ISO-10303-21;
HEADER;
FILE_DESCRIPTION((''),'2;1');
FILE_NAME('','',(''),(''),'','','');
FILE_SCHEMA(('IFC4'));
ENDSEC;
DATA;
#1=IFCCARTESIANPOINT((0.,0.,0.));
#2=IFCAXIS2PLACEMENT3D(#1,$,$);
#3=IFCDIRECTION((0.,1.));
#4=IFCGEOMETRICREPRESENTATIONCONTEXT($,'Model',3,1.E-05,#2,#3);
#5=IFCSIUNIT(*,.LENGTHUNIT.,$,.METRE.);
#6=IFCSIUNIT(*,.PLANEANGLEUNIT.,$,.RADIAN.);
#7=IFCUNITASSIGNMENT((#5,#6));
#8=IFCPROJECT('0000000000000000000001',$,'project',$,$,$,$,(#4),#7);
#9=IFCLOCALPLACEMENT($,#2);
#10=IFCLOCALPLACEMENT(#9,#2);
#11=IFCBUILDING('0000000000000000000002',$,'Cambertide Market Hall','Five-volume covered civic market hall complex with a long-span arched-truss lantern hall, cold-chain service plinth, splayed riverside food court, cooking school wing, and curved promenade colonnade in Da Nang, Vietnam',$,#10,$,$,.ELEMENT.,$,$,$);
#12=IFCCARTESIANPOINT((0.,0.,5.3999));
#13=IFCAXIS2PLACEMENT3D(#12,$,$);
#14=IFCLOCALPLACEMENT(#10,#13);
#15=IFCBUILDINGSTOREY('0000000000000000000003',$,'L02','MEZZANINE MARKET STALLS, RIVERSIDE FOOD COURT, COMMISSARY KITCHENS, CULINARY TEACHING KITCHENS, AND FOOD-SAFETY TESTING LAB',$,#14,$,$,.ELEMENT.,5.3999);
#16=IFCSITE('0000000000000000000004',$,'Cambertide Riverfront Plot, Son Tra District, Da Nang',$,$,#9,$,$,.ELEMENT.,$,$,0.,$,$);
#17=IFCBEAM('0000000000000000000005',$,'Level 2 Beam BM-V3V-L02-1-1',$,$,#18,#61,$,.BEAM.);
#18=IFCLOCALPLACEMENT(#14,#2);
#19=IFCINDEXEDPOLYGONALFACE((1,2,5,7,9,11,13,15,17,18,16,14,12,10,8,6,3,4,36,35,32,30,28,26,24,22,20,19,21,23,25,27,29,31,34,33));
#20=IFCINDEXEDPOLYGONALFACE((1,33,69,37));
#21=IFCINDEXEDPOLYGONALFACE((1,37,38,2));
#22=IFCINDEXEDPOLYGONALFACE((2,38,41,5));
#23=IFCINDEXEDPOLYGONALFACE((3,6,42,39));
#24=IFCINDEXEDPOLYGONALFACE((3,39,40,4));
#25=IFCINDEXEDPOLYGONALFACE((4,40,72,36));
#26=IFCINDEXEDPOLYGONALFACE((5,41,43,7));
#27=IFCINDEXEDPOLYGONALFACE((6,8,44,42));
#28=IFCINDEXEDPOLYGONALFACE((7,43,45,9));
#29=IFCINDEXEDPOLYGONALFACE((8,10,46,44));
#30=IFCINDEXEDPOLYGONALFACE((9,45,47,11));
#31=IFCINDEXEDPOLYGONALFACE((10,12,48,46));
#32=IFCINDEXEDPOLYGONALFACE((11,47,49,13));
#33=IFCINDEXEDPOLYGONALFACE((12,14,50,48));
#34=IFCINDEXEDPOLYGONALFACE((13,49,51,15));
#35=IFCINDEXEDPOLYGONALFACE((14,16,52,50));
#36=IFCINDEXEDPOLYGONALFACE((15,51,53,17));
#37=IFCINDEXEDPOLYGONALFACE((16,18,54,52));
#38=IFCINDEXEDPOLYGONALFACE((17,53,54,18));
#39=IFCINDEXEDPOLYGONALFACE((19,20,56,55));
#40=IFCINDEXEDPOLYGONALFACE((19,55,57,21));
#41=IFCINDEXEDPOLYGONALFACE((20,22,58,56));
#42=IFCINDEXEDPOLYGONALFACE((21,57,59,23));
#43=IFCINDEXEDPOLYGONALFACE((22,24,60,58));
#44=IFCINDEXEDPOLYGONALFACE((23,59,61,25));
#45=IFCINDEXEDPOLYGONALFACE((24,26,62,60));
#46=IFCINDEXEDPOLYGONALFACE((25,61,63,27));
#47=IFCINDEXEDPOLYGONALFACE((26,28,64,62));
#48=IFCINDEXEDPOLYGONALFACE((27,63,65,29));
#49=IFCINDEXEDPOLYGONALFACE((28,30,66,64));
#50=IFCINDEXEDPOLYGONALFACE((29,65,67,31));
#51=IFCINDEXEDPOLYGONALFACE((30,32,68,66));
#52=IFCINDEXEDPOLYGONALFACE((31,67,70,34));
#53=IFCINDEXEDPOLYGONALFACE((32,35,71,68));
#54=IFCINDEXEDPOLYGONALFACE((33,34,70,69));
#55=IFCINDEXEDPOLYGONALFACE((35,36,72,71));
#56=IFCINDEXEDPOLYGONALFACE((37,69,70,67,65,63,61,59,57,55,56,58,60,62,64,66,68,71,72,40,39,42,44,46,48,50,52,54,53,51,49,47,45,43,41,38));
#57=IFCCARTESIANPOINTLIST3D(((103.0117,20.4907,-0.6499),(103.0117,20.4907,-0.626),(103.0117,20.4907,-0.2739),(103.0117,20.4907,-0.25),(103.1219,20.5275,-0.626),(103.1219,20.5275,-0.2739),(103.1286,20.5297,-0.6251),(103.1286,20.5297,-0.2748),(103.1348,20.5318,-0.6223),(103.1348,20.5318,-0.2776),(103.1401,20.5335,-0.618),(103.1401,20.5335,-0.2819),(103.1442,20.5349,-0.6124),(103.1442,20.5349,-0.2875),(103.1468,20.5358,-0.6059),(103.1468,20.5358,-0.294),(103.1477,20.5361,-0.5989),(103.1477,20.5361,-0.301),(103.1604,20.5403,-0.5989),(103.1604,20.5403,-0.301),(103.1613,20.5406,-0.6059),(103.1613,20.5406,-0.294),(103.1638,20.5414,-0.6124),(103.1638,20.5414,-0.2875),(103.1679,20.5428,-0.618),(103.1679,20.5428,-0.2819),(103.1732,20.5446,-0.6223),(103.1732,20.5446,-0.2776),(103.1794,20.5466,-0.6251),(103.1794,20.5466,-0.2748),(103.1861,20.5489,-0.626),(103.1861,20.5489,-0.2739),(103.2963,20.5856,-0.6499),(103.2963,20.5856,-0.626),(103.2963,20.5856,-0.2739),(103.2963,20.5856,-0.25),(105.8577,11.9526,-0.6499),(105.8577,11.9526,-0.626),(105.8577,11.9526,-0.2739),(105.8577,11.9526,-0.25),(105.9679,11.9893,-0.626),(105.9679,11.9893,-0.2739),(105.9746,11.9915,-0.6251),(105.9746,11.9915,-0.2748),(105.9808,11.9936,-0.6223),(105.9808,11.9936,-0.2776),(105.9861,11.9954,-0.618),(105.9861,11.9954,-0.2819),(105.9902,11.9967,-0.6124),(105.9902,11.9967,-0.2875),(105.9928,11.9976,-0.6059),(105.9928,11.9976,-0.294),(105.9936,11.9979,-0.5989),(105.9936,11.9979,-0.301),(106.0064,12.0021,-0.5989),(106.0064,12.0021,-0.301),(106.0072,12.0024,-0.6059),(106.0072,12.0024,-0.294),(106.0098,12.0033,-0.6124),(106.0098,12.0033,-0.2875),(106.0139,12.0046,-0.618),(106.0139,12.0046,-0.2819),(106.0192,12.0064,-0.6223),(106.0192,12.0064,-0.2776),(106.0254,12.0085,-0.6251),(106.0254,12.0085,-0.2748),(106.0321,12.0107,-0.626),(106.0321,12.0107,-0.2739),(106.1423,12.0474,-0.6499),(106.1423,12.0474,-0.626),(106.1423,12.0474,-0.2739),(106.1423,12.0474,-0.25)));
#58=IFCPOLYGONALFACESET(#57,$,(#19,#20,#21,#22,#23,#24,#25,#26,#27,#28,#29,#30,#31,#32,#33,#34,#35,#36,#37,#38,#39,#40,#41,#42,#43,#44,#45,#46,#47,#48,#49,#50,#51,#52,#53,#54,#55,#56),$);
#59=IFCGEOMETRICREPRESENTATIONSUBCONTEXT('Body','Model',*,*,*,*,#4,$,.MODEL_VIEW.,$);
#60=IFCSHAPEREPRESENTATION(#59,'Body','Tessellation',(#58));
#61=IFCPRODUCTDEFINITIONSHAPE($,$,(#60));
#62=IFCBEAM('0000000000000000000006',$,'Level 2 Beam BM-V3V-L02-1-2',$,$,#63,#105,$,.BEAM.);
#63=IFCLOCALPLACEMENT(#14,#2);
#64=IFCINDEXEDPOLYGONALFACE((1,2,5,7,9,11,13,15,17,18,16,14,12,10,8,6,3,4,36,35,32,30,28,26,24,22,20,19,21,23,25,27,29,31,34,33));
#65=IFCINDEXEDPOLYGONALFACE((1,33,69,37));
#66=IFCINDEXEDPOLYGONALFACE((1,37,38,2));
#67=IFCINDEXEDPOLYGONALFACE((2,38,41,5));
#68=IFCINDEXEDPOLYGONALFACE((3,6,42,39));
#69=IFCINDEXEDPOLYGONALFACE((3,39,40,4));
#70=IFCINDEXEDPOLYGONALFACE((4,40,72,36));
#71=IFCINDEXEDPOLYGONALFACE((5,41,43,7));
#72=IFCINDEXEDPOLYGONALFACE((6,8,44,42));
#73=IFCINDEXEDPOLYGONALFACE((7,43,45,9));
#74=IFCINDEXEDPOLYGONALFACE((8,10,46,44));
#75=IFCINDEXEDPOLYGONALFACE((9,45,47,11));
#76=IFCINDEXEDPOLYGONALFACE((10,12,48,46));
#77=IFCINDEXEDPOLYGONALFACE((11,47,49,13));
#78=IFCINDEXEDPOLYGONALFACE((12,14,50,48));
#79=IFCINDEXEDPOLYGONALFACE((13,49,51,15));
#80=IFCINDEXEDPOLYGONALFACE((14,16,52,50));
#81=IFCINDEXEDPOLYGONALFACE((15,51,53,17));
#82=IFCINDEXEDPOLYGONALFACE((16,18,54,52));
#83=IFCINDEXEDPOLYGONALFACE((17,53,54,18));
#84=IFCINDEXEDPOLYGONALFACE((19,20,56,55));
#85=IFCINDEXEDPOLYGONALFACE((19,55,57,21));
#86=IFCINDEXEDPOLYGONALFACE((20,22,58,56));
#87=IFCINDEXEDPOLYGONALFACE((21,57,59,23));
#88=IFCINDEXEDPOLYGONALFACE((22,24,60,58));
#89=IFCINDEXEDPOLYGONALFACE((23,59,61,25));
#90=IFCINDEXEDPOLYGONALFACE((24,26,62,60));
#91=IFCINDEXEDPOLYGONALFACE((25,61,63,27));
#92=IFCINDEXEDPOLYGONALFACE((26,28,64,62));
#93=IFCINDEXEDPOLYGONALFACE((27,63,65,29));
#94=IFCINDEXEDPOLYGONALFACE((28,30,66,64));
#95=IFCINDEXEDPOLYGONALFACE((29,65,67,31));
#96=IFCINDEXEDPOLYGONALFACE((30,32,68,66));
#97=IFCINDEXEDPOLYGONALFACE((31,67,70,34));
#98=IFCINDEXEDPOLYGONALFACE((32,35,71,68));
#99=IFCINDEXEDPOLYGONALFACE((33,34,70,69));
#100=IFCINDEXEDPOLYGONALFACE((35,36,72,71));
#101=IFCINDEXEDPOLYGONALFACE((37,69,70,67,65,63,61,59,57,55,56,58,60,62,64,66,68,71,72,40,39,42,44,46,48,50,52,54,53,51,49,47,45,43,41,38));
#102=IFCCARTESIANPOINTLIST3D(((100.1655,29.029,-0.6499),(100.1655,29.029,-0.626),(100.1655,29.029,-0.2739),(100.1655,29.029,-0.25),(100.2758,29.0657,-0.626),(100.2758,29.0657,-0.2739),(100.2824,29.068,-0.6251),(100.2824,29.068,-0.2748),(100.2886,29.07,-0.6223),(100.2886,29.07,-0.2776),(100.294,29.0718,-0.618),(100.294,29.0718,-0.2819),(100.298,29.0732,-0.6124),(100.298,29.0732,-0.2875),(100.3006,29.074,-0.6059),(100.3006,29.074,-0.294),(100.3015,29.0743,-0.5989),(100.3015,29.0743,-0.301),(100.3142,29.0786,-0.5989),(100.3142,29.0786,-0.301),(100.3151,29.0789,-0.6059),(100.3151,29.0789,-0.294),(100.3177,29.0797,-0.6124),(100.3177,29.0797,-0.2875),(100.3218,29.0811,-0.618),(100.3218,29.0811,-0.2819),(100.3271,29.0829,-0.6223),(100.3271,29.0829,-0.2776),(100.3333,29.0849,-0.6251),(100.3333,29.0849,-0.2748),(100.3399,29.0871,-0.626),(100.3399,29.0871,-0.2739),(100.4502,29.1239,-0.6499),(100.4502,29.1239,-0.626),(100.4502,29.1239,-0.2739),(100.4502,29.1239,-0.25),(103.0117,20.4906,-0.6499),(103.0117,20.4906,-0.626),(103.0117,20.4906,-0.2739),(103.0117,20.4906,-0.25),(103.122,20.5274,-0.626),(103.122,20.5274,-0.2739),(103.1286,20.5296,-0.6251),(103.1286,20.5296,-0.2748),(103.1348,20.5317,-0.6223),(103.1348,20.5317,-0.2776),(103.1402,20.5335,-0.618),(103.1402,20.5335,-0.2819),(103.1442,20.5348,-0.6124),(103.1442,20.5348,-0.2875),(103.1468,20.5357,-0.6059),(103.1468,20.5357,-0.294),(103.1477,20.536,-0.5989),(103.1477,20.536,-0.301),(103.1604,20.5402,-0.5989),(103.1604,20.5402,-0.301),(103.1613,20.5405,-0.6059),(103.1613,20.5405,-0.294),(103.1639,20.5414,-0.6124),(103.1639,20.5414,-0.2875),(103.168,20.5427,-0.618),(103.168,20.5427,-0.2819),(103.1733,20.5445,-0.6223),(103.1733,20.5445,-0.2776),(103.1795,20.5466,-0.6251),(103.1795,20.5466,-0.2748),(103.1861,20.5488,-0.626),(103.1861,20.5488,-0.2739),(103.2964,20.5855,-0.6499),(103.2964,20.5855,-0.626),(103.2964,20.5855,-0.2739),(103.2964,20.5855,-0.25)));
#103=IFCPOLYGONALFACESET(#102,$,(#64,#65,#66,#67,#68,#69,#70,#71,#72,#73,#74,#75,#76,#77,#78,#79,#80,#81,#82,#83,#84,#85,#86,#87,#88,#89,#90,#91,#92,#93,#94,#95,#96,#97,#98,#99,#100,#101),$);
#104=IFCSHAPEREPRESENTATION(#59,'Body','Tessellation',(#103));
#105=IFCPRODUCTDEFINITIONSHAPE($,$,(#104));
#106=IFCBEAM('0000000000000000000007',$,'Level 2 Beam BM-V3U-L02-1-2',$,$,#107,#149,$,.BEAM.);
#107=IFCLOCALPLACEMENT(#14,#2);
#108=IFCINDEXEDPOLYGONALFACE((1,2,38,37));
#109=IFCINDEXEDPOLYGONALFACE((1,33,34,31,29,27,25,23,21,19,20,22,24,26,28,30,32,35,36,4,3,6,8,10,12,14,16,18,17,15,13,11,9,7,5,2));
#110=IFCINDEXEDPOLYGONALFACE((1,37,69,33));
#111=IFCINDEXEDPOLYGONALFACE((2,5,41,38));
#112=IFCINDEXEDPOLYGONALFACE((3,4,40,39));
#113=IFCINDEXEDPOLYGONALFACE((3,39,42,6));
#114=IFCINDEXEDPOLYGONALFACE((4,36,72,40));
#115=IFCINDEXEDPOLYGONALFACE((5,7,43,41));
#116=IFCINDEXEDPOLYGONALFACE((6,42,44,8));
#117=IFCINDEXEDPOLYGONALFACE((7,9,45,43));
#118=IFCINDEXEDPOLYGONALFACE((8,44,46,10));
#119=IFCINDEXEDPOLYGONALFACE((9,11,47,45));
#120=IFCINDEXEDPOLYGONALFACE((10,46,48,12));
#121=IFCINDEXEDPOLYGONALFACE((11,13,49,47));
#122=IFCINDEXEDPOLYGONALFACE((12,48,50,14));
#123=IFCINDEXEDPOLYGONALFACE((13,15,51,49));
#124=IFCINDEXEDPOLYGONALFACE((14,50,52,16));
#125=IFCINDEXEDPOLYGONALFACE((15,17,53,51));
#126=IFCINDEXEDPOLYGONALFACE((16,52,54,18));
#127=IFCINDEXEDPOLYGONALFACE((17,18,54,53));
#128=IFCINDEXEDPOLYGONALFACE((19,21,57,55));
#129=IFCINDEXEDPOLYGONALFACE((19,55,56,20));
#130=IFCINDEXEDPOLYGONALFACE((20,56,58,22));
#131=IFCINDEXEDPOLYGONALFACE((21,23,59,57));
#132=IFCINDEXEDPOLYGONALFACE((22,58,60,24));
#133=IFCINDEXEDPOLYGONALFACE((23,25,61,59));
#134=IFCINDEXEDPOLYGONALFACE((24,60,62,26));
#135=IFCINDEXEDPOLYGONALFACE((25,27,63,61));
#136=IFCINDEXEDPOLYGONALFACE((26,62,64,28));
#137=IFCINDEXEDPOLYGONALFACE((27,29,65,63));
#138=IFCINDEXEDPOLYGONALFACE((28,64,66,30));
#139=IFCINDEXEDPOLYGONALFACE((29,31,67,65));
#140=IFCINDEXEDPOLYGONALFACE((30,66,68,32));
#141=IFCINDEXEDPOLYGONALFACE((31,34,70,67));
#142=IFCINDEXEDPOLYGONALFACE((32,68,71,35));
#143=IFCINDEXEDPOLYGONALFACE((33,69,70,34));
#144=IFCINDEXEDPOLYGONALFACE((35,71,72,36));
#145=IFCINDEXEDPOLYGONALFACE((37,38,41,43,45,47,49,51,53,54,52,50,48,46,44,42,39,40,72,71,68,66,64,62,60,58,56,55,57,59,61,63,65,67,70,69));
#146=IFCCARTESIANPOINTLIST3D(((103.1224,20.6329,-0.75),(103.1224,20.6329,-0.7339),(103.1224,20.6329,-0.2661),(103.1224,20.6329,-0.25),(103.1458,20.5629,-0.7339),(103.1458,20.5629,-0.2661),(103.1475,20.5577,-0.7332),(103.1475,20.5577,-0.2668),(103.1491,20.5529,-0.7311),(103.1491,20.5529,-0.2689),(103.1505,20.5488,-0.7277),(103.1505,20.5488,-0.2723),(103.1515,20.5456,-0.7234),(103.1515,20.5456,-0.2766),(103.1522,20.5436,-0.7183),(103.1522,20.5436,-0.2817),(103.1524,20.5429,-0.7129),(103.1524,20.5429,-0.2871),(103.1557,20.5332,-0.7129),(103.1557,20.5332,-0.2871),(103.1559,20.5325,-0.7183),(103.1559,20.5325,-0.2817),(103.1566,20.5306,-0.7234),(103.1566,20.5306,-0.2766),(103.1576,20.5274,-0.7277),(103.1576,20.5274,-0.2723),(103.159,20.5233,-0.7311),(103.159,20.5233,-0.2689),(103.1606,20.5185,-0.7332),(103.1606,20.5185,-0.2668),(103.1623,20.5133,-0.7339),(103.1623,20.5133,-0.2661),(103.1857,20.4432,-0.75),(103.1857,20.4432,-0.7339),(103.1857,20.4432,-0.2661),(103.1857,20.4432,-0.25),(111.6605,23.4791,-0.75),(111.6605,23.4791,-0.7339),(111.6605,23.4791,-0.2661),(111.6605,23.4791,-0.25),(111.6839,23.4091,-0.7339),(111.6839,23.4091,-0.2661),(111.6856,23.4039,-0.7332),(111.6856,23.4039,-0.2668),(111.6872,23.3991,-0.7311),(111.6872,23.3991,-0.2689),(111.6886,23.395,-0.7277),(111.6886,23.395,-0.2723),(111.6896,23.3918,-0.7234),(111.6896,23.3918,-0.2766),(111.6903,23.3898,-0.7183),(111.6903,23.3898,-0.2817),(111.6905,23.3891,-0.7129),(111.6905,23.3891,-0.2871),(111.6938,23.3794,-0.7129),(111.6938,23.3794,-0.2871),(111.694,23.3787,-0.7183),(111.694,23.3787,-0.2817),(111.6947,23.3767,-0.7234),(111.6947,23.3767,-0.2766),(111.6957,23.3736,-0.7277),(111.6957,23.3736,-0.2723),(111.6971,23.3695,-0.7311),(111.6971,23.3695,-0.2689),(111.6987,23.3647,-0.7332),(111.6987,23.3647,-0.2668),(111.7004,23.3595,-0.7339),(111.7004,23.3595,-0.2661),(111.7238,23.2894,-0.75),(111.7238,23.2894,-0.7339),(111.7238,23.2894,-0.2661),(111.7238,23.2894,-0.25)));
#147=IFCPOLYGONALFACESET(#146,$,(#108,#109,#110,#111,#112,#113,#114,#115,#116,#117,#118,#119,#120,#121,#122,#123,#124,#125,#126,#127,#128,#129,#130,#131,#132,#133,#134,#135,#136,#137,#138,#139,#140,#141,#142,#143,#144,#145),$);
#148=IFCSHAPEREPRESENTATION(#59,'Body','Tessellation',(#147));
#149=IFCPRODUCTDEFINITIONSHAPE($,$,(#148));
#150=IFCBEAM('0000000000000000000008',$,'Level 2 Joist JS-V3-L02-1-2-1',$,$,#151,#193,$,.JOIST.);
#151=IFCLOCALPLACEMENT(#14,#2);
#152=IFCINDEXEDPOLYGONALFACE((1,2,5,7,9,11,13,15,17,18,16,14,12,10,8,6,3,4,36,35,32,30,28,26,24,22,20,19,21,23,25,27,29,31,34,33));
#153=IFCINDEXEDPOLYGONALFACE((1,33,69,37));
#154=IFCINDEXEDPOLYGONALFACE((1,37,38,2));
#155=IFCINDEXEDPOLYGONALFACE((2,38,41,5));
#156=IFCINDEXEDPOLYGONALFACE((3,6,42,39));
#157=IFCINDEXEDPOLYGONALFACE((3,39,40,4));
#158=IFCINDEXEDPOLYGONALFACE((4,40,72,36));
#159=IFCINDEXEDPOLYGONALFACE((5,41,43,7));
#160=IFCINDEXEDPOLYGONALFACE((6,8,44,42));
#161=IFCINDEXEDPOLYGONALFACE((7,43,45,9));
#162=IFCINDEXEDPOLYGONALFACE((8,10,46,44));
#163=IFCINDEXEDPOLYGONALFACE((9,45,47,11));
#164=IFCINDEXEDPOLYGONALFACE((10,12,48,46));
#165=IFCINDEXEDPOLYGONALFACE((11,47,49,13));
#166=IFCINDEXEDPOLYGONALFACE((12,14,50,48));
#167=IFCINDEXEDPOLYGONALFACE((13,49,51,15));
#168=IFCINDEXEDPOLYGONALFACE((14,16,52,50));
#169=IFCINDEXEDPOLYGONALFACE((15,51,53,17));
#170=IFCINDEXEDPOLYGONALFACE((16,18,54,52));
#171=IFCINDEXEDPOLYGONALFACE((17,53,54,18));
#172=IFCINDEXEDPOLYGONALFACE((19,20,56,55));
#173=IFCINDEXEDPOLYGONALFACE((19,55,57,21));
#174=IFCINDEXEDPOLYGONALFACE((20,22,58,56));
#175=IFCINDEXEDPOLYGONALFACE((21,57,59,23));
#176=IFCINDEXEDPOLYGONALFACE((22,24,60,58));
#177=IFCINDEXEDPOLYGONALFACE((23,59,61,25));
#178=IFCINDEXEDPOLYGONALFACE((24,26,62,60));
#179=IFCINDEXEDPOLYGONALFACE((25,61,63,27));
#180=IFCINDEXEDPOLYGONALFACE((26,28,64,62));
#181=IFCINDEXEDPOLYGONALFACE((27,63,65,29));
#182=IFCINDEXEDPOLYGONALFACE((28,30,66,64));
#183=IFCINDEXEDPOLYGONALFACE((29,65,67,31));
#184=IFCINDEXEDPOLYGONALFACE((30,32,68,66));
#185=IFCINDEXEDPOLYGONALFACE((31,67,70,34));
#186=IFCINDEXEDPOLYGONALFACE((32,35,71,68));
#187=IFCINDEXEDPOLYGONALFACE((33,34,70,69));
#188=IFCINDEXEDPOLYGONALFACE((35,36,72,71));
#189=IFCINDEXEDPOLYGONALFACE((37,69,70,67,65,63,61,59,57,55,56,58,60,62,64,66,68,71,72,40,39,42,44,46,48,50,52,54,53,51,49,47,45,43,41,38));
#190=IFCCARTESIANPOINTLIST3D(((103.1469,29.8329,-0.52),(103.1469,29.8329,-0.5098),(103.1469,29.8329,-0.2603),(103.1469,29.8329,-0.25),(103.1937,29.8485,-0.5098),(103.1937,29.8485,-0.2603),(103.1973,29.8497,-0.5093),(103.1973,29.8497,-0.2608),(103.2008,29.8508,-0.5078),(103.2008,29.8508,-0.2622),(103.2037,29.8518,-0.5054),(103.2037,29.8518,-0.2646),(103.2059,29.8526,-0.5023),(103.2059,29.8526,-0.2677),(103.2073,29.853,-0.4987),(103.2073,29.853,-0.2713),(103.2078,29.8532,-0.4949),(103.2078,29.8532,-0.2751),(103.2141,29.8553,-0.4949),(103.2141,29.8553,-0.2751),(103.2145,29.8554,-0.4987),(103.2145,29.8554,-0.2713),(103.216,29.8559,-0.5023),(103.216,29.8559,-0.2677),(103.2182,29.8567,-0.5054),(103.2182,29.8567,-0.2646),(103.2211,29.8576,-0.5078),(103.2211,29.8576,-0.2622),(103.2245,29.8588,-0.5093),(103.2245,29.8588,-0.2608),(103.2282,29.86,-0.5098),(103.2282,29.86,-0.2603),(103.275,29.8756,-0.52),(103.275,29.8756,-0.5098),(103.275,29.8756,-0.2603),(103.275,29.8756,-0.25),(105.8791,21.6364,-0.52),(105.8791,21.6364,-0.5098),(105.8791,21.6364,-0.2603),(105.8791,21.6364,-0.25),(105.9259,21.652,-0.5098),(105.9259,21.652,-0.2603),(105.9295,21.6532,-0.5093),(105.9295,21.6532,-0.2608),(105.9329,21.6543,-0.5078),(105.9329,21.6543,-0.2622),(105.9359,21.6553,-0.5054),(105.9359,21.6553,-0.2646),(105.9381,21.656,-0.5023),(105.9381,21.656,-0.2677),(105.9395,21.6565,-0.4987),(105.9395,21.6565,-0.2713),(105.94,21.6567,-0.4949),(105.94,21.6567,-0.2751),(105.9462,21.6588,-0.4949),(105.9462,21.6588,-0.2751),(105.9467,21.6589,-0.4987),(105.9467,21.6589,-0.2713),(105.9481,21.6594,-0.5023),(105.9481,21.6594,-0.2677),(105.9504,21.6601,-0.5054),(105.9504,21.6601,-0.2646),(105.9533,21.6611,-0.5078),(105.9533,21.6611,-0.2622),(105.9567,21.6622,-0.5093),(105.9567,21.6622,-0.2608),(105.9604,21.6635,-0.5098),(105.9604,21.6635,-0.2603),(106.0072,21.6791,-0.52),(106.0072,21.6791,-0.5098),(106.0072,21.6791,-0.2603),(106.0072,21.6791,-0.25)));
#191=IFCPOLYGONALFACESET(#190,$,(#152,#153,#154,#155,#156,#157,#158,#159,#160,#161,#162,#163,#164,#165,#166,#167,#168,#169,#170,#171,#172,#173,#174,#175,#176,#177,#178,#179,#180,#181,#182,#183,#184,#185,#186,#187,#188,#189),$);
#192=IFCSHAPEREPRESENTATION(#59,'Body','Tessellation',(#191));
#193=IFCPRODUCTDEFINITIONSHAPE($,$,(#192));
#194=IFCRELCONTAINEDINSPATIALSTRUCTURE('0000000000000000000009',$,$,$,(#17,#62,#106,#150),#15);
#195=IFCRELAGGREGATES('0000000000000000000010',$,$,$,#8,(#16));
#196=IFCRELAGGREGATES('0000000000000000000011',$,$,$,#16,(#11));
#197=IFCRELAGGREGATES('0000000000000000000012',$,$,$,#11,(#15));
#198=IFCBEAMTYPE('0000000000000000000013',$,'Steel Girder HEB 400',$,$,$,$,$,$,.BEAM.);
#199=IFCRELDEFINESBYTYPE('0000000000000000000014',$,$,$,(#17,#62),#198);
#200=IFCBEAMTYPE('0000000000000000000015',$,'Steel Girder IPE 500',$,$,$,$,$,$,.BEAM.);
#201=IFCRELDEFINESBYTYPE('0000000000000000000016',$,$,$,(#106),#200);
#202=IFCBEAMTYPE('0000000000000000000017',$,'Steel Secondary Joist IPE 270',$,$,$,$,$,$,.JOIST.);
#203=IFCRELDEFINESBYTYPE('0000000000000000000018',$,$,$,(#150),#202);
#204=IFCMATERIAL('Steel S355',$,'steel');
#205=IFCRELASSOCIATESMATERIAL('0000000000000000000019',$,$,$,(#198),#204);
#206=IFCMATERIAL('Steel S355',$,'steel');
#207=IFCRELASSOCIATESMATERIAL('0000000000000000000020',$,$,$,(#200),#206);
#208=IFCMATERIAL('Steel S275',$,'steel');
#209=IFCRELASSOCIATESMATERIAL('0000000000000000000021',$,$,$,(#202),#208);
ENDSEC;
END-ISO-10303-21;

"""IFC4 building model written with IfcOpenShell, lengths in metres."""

from ifc_helpers import new_model, si_unit, direction, frame, origin, origin_2d, place, context, subcontext, project, spatial, i_section, extrude, material, material_profile, profile_set, type_object, element, save


model = new_model("IFC4")

# Units and contexts
model_context = context("Model", 3, precision=1e-05, world=origin(), true_north=direction((0.0, 1.0)))
body_context = subcontext(model_context, "Body", "Model", "MODEL_VIEW")
ifc_project = project(units=[si_unit("LENGTHUNIT", "METRE"), si_unit("PLANEANGLEUNIT", "RADIAN")], contexts=[model_context])

# Site, building, storey
site_placement = place(None, origin())
site = spatial("IfcSite", under=ifc_project, at=site_placement, Name="Cambertide Riverfront Plot, Son Tra District, Da Nang", CompositionType="ELEMENT", RefElevation=0.0)
building_placement = place(site_placement, origin())
building = spatial("IfcBuilding", under=site, at=building_placement, Name="Cambertide Market Hall", Description="Five-volume covered civic market hall complex with a long-span arched-truss lantern hall, cold-chain service plinth, splayed riverside food court, cooking school wing, and curved promenade colonnade in Da Nang, Vietnam", CompositionType="ELEMENT")
storey_placement = place(building_placement, frame((0.0, 0.0, 5.3999)))
storey = spatial("IfcBuildingStorey", under=building, at=storey_placement, Name="L02", Description="MEZZANINE MARKET STALLS, RIVERSIDE FOOD COURT, COMMISSARY KITCHENS, CULINARY TEACHING KITCHENS, AND FOOD-SAFETY TESTING LAB", CompositionType="ELEMENT", Elevation=5.3999)

# Beams
ifc_material_1 = material(Name="Steel S355", Category="steel")
ifc_material_profile_1 = material_profile(ifc_material_1, i_section(OverallWidth=0.3, OverallDepth=0.3999, WebThickness=0.0134, FlangeThickness=0.0239, FilletRadius=0.0271, at=origin_2d()), Name="HEB 400")
ifc_profile_set_1 = profile_set([ifc_material_profile_1], Name="Steel S355")
beam_type_1 = type_object("IfcBeamType", Name="Steel Girder HEB 400", PredefinedType="BEAM", material=ifc_profile_set_1)
beam_1_placement = place(storey_placement, frame((106.0, 12.0, -0.45), z_axis=(-0.31622, 0.948686, 0.0), x_axis=(-0.948686, -0.31622, 0.0)))
element("IfcBeam", 1, at=beam_1_placement, inside=storey, type_object=beam_type_1, Name="Level 2 Beam BM-V3V-L02-1-1", PredefinedType="BEAM", context=body_context, shape_type="SweptSolid", body=[
    extrude(i_section(OverallWidth=0.3, OverallDepth=0.3999, WebThickness=0.0134, FlangeThickness=0.0239, FilletRadius=0.0271, at=origin_2d()), origin(), (0.0, 0.0, 1.0), 9.0),
])
beam_2_placement = place(storey_placement, frame((103.1541, 20.5381, -0.45), z_axis=(-0.316236, 0.948681, 0.0), x_axis=(-0.948681, -0.316236, 0.0)))
element("IfcBeam", 2, at=beam_2_placement, inside=storey, type_object=beam_type_1, Name="Level 2 Beam BM-V3V-L02-1-2", PredefinedType="BEAM", context=body_context, shape_type="SweptSolid", body=[
    extrude(i_section(OverallWidth=0.3, OverallDepth=0.3999, WebThickness=0.0134, FlangeThickness=0.0239, FilletRadius=0.0271, at=origin_2d()), origin(), (0.0, 0.0, 1.0), 9.0002),
])
ifc_material_2 = material(Name="Steel S355", Category="steel")
ifc_material_profile_2 = material_profile(ifc_material_2, i_section(OverallWidth=0.2, OverallDepth=0.5, WebThickness=0.0103, FlangeThickness=0.0161, FilletRadius=0.021, at=origin_2d()), Name="IPE 500")
ifc_profile_set_2 = profile_set([ifc_material_profile_2], Name="Steel S355")
beam_type_2 = type_object("IfcBeamType", Name="Steel Girder IPE 500", PredefinedType="BEAM", material=ifc_profile_set_2)
beam_3_placement = place(storey_placement, frame((103.1541, 20.5381, -0.5), z_axis=(0.948678, 0.316244, 0.0), x_axis=(-0.316244, 0.948678, 0.0)))
element("IfcBeam", 3, at=beam_3_placement, inside=storey, type_object=beam_type_2, Name="Level 2 Beam BM-V3U-L02-1-2", PredefinedType="BEAM", context=body_context, shape_type="SweptSolid", body=[
    extrude(i_section(OverallWidth=0.2, OverallDepth=0.5, WebThickness=0.0103, FlangeThickness=0.0161, FilletRadius=0.021, at=origin_2d()), origin(), (0.0, 0.0, 1.0), 9.0),
])
ifc_material_3 = material(Name="Steel S275", Category="steel")
ifc_material_profile_3 = material_profile(ifc_material_3, i_section(OverallWidth=0.135, OverallDepth=0.27, WebThickness=0.0066, FlangeThickness=0.0103, FilletRadius=0.0149, at=origin_2d()), Name="IPE 270")
ifc_profile_set_3 = profile_set([ifc_material_profile_3], Name="Steel S275")
beam_type_3 = type_object("IfcBeamType", Name="Steel Secondary Joist IPE 270", PredefinedType="JOIST", material=ifc_profile_set_3)
beam_4_placement = place(storey_placement, frame((105.9431, 21.6577, -0.385), z_axis=(-0.316228, 0.948683, 0.0), x_axis=(-0.948683, -0.316228, 0.0)))
element("IfcBeam", 4, at=beam_4_placement, inside=storey, type_object=beam_type_3, Name="Level 2 Joist JS-V3-L02-1-2-1", PredefinedType="JOIST", context=body_context, shape_type="SweptSolid", body=[
    extrude(i_section(OverallWidth=0.135, OverallDepth=0.27, WebThickness=0.0066, FlangeThickness=0.0103, FilletRadius=0.0149, at=origin_2d()), origin(), (0.0, 0.0, 1.0), 8.6399),
])

save(model, "model.ifc")
